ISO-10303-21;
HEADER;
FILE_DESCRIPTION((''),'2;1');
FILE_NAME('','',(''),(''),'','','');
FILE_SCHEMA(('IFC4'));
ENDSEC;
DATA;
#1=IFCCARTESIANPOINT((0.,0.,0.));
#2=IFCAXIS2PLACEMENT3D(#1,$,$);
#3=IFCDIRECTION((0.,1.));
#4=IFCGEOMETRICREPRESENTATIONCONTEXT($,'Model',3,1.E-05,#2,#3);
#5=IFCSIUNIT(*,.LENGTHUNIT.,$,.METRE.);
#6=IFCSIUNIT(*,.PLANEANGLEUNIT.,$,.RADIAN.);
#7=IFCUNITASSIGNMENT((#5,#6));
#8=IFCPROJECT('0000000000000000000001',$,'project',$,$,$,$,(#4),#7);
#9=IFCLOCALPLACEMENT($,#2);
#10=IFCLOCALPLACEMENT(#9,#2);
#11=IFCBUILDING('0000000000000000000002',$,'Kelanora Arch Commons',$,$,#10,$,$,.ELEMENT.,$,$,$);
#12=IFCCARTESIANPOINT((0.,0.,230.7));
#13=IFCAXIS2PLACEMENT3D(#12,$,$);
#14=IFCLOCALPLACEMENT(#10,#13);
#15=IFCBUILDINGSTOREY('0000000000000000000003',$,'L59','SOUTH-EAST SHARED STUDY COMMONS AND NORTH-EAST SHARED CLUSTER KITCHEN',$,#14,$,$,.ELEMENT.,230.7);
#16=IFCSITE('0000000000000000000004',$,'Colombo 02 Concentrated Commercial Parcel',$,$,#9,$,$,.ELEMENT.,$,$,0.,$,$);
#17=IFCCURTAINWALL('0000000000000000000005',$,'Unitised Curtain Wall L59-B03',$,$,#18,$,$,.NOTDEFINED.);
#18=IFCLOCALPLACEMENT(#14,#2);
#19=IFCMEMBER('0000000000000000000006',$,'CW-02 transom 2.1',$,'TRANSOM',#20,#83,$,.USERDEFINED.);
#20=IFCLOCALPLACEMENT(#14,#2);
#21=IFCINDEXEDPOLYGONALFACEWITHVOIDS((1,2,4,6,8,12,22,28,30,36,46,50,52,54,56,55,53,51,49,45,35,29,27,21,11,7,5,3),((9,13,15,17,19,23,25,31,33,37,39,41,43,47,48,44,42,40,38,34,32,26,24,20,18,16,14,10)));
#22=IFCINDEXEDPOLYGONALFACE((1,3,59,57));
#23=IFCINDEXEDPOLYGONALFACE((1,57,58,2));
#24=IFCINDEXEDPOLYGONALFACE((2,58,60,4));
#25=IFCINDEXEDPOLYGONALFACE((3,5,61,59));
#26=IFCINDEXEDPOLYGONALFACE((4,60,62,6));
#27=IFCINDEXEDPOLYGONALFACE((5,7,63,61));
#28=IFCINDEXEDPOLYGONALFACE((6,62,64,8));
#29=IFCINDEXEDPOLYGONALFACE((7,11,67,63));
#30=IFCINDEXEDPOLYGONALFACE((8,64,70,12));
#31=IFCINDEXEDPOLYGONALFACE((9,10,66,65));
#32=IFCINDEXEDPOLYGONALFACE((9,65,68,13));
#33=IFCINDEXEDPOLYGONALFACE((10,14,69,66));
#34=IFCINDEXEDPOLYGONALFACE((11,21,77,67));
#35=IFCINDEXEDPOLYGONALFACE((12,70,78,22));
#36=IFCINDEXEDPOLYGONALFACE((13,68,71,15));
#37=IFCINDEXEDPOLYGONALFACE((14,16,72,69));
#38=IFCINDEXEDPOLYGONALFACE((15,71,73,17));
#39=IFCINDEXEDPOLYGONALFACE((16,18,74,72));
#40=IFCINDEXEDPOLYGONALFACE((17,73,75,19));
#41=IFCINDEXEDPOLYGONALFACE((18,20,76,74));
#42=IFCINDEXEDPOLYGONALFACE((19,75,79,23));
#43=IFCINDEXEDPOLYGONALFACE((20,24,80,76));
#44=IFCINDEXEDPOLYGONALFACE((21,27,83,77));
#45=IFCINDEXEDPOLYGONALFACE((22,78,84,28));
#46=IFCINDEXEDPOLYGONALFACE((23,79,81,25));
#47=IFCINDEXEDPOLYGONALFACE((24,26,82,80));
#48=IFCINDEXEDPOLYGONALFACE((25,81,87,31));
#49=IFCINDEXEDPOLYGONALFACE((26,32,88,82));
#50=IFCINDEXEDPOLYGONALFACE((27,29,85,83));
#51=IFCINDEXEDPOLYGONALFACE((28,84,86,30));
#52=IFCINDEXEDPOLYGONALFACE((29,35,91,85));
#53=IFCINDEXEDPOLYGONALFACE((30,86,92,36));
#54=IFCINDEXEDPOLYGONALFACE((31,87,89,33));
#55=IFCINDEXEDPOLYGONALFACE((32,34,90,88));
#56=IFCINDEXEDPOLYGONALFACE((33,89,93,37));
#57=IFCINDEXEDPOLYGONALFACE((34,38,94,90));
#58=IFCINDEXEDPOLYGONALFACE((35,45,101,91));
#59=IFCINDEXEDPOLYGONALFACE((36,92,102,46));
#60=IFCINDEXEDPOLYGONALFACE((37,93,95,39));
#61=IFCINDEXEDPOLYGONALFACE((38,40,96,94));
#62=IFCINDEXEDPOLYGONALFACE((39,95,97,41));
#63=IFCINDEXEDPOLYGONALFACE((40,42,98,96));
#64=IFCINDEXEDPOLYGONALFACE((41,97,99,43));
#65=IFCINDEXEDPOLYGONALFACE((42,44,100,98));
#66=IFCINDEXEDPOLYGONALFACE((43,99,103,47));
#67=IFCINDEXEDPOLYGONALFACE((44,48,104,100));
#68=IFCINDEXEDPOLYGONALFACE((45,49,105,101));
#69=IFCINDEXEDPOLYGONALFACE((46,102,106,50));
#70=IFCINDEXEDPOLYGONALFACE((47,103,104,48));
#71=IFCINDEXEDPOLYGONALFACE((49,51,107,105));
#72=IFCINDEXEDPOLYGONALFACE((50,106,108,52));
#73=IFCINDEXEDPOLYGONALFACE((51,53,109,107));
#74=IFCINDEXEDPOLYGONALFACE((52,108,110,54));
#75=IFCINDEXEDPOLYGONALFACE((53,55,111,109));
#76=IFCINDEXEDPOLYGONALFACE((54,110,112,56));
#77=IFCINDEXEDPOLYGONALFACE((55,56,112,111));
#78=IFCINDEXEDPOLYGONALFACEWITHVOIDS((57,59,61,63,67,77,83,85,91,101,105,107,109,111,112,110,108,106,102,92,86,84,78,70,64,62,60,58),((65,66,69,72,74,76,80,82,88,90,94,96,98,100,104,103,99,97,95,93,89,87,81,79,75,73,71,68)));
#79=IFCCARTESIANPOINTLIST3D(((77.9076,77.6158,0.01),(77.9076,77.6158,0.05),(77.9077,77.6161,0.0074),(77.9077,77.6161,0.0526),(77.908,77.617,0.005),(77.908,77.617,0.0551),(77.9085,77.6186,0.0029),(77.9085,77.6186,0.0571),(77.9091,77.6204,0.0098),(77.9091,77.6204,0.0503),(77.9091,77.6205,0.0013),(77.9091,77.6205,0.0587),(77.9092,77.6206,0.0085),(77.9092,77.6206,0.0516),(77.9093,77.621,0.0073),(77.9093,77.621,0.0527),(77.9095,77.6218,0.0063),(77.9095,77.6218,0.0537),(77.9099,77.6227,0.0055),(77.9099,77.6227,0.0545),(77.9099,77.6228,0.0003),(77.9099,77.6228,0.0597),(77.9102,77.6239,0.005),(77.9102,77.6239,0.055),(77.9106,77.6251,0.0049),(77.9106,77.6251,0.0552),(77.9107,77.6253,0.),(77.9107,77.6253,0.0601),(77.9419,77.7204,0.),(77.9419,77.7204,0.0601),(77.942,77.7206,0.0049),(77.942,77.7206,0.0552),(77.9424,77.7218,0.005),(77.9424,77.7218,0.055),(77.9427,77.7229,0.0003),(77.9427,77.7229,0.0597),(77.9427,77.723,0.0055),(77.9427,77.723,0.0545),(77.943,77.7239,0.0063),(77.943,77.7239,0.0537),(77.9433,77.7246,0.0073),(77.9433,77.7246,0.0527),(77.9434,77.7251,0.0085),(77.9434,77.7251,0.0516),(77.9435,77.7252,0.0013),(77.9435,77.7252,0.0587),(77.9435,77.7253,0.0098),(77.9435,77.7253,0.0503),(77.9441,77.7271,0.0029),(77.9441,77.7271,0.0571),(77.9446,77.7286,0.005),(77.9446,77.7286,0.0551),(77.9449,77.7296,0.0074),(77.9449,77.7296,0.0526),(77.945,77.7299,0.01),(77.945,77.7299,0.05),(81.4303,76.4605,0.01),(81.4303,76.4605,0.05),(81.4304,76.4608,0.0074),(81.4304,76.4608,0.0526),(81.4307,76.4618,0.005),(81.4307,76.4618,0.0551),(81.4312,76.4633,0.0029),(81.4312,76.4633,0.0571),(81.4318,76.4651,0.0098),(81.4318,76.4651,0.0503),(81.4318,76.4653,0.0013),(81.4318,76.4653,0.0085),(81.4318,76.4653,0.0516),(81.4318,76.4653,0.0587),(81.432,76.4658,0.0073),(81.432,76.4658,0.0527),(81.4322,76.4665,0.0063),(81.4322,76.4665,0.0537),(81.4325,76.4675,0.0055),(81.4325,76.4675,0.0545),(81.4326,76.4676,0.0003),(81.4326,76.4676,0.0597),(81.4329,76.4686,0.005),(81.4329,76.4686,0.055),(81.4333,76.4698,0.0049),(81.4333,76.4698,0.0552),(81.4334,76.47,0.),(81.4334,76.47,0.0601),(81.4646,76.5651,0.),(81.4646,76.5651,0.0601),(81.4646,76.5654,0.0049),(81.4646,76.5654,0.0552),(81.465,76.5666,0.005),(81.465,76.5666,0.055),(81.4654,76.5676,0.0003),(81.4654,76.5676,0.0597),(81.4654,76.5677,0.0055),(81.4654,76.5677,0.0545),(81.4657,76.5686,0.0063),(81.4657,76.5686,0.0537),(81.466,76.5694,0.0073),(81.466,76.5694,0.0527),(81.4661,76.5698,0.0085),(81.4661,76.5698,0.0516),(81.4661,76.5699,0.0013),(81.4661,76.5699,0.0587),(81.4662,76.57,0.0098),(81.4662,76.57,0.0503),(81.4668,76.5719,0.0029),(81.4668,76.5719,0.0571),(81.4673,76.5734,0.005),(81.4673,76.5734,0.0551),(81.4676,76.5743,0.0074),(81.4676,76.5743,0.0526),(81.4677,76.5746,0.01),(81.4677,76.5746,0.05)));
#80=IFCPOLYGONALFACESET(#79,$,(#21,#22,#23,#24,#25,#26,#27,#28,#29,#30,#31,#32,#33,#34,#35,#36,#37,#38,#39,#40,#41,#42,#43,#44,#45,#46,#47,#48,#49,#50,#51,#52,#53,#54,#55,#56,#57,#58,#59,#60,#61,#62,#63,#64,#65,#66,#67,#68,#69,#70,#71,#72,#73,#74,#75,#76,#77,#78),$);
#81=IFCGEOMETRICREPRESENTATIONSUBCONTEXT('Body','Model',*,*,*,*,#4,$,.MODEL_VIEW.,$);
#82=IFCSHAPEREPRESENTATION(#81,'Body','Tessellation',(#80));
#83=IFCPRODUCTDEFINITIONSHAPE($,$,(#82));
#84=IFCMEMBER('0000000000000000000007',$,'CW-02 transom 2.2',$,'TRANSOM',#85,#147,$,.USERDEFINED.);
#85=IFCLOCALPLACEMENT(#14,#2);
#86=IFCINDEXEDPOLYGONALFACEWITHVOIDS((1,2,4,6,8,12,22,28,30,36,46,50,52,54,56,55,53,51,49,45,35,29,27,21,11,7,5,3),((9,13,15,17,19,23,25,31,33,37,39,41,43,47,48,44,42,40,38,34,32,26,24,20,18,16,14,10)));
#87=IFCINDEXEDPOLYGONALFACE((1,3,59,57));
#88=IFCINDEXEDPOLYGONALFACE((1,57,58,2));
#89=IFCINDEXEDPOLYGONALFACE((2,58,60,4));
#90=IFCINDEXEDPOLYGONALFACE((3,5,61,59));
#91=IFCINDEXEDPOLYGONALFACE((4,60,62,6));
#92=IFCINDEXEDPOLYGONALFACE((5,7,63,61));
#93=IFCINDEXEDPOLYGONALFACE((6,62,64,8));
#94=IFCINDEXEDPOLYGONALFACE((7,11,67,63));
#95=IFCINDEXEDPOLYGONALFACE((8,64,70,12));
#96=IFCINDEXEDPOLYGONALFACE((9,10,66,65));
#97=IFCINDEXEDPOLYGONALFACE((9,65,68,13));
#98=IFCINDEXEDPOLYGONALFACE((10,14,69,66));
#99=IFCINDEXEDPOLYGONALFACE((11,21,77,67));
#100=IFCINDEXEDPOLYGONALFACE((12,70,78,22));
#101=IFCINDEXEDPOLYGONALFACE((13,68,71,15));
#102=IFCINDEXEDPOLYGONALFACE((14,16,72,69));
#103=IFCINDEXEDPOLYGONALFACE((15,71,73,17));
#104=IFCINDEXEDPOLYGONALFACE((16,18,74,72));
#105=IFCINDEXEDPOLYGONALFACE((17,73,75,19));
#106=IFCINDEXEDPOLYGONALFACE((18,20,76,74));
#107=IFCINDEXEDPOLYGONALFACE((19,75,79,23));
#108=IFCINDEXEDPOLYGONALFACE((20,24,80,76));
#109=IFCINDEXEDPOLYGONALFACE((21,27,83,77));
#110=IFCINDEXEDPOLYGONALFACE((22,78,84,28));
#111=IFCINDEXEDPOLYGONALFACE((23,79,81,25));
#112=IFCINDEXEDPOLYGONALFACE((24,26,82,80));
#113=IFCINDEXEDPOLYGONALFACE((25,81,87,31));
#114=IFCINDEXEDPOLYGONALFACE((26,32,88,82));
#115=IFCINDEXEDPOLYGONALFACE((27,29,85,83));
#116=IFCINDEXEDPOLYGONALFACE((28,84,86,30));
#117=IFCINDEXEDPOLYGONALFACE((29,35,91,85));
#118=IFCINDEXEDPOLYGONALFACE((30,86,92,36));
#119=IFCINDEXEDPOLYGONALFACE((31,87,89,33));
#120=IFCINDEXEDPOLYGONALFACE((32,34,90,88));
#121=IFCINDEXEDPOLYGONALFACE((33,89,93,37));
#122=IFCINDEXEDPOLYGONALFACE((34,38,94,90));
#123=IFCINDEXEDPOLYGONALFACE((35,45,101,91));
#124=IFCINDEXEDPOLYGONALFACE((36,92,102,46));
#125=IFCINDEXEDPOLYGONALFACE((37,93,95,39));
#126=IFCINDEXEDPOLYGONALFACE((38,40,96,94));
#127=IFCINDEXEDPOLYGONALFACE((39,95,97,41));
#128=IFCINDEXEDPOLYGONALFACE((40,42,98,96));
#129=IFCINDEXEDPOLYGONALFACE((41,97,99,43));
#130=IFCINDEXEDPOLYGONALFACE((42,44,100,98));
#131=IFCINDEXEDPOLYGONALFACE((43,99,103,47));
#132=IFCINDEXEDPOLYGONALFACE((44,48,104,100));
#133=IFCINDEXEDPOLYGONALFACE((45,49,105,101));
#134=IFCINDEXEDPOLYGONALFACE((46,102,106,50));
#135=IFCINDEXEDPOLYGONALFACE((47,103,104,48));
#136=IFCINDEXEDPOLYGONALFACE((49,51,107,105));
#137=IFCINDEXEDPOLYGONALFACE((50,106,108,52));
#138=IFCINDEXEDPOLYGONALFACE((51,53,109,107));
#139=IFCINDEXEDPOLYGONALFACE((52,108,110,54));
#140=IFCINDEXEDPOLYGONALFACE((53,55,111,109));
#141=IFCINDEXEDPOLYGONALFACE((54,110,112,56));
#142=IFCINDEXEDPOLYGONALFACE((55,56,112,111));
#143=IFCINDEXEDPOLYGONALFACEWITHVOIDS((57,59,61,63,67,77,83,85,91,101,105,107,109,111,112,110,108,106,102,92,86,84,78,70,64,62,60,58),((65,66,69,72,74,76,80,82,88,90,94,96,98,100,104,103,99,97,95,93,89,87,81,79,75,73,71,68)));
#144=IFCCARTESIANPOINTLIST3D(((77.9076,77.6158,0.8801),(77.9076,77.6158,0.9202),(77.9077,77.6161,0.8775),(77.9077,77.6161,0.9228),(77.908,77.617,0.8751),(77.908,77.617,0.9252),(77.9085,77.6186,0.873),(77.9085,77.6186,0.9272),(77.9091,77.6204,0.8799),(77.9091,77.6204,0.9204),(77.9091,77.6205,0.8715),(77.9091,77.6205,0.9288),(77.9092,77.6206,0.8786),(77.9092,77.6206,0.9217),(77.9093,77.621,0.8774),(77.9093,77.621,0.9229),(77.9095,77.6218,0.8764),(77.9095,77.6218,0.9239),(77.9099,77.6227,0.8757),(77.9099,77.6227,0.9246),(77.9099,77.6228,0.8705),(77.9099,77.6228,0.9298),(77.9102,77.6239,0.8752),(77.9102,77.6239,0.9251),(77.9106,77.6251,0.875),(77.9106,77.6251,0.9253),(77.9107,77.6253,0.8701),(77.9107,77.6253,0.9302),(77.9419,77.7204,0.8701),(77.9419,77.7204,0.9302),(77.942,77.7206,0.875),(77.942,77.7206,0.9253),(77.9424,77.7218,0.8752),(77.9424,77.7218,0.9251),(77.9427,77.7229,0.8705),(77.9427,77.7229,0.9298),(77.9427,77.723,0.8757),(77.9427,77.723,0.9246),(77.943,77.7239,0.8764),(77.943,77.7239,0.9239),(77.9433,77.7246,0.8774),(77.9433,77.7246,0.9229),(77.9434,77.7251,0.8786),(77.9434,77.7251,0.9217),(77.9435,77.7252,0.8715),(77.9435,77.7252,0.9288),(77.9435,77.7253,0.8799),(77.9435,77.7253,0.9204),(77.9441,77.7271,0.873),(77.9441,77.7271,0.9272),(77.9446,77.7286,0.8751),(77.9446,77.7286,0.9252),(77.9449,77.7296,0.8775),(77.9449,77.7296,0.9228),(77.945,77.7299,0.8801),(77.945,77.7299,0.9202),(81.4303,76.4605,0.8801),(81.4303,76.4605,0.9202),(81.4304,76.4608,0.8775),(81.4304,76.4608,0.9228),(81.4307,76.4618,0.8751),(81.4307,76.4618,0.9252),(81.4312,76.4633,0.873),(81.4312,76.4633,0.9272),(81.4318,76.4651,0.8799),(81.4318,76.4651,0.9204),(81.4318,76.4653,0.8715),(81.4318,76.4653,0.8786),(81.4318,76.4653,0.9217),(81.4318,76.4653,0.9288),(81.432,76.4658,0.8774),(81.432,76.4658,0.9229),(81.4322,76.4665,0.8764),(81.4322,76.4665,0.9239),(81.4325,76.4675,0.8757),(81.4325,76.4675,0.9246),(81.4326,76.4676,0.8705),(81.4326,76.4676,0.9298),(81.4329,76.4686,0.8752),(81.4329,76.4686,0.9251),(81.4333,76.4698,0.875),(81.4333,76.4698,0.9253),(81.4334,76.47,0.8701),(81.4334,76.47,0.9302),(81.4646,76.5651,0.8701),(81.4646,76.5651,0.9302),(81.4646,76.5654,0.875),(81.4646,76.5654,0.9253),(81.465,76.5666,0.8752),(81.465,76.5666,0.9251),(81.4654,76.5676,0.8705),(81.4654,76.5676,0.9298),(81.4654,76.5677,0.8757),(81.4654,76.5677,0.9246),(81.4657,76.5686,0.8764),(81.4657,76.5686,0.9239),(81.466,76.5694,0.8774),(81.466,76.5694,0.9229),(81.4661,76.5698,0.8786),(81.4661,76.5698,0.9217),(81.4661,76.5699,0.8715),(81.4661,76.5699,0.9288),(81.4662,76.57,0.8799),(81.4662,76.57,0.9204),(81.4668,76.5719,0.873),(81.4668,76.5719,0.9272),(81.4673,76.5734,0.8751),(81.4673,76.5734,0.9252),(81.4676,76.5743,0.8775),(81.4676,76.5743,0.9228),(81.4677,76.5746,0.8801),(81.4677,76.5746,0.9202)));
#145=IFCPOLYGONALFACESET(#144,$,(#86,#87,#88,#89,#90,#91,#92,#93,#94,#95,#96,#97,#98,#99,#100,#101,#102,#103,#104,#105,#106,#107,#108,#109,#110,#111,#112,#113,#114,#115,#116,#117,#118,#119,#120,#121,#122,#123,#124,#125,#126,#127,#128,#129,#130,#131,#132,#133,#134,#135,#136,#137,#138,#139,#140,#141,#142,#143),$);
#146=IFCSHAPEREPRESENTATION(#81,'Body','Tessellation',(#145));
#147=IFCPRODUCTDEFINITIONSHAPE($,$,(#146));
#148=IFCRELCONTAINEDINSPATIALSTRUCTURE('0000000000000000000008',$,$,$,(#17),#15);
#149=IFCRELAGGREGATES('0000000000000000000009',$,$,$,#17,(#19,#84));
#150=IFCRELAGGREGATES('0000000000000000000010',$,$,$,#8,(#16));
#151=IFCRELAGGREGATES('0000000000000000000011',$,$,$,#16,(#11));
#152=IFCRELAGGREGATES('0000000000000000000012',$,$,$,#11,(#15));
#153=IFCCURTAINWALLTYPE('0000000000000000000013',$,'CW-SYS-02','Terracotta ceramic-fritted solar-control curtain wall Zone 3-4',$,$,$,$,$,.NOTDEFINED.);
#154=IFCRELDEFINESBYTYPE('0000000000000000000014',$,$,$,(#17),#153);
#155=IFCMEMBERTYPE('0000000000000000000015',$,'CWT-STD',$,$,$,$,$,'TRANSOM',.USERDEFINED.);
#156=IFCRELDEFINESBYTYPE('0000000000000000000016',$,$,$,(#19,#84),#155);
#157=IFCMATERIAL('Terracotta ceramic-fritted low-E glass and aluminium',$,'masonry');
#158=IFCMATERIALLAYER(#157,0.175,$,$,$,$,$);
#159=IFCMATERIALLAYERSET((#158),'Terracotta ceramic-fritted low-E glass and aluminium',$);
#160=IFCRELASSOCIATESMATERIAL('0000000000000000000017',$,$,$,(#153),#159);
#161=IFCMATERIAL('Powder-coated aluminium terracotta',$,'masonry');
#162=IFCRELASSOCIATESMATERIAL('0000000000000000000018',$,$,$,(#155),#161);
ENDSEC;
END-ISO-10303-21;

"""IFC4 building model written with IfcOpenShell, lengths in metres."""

from ifc_helpers import new_model, si_unit, direction, frame, origin, origin_2d, place, context, subcontext, project, spatial, hollow_rectangle, extrude, material, layer, layer_set, material_profile, profile_set, type_object, element, aggregate, save


model = new_model("IFC4")

# Units and contexts
model_context = context("Model", 3, precision=1e-05, world=origin(), true_north=direction((0.0, 1.0)))
body_context = subcontext(model_context, "Body", "Model", "MODEL_VIEW")
ifc_project = project(units=[si_unit("LENGTHUNIT", "METRE"), si_unit("PLANEANGLEUNIT", "RADIAN")], contexts=[model_context])

# Site, building, storey
site_placement = place(None, origin())
site = spatial("IfcSite", under=ifc_project, at=site_placement, Name="Colombo 02 Concentrated Commercial Parcel", CompositionType="ELEMENT", RefElevation=0.0)
building_placement = place(site_placement, origin())
building = spatial("IfcBuilding", under=site, at=building_placement, Name="Kelanora Arch Commons", CompositionType="ELEMENT")
storey_placement = place(building_placement, frame((0.0, 0.0, 230.7)))
storey = spatial("IfcBuildingStorey", under=building, at=storey_placement, Name="L59", Description="SOUTH-EAST SHARED STUDY COMMONS AND NORTH-EAST SHARED CLUSTER KITCHEN", CompositionType="ELEMENT", Elevation=230.7)

# Curtain wall, members
ifc_material_1 = material(Name="Terracotta ceramic-fritted low-E glass and aluminium", Category="masonry")
ifc_layer_1 = layer(ifc_material_1, 0.175)
ifc_layer_set_1 = layer_set([ifc_layer_1], Name="Terracotta ceramic-fritted low-E glass and aluminium")
curtain_wall_type = type_object("IfcCurtainWallType", Name="CW-SYS-02", Description="Terracotta ceramic-fritted solar-control curtain wall Zone 3-4", PredefinedType="NOTDEFINED", material=ifc_layer_set_1)
curtain_wall_placement = place(storey_placement, origin())
curtain_wall = element("IfcCurtainWall", 1, at=curtain_wall_placement, inside=storey, type_object=curtain_wall_type, Name="Unitised Curtain Wall L59-B03", PredefinedType="NOTDEFINED")
ifc_material_2 = material(Name="Powder-coated aluminium terracotta", Category="masonry")
ifc_material_profile_1 = material_profile(ifc_material_2, hollow_rectangle(XDim=0.1201, YDim=0.0601, WallThickness=0.0049, InnerFilletRadius=0.0049, OuterFilletRadius=0.01, at=origin_2d()), Name="CWT120x60")
ifc_profile_set_1 = profile_set([ifc_material_profile_1], Name="Powder-coated aluminium terracotta")
member_type_1 = type_object("IfcMemberType", Name="CWT-STD", ElementType="TRANSOM", PredefinedType="USERDEFINED", material=ifc_profile_set_1)
member_1_placement = place(storey_placement, frame((81.449, 76.5176, 0.03), z_axis=(-0.950207, 0.311621, 0.0), x_axis=(-0.311621, -0.950207, 0.0)))
member_1 = element("IfcMember", 2, at=member_1_placement, type_object=member_type_1, Name="CW-02 transom 2.1", ObjectType="TRANSOM", PredefinedType="USERDEFINED", context=body_context, shape_type="SweptSolid", body=[
    extrude(hollow_rectangle(XDim=0.1201, YDim=0.0601, WallThickness=0.0049, InnerFilletRadius=0.0049, OuterFilletRadius=0.01, at=origin_2d()), origin(), (0.0, 0.0, 1.0), 3.7073),
])
member_2_placement = place(storey_placement, frame((81.449, 76.5176, 0.9001), z_axis=(-0.950207, 0.311621, 0.0), x_axis=(-0.311621, -0.950207, 0.0)))
member_2 = element("IfcMember", 3, at=member_2_placement, type_object=member_type_1, Name="CW-02 transom 2.2", ObjectType="TRANSOM", PredefinedType="USERDEFINED", context=body_context, shape_type="SweptSolid", body=[
    extrude(hollow_rectangle(XDim=0.1201, YDim=0.0601, WallThickness=0.0049, InnerFilletRadius=0.0049, OuterFilletRadius=0.01, at=origin_2d()), origin(), (0.0, 0.0, 1.0), 3.7073),
])
aggregate(curtain_wall, [member_1, member_2])

save(model, "model.ifc")
